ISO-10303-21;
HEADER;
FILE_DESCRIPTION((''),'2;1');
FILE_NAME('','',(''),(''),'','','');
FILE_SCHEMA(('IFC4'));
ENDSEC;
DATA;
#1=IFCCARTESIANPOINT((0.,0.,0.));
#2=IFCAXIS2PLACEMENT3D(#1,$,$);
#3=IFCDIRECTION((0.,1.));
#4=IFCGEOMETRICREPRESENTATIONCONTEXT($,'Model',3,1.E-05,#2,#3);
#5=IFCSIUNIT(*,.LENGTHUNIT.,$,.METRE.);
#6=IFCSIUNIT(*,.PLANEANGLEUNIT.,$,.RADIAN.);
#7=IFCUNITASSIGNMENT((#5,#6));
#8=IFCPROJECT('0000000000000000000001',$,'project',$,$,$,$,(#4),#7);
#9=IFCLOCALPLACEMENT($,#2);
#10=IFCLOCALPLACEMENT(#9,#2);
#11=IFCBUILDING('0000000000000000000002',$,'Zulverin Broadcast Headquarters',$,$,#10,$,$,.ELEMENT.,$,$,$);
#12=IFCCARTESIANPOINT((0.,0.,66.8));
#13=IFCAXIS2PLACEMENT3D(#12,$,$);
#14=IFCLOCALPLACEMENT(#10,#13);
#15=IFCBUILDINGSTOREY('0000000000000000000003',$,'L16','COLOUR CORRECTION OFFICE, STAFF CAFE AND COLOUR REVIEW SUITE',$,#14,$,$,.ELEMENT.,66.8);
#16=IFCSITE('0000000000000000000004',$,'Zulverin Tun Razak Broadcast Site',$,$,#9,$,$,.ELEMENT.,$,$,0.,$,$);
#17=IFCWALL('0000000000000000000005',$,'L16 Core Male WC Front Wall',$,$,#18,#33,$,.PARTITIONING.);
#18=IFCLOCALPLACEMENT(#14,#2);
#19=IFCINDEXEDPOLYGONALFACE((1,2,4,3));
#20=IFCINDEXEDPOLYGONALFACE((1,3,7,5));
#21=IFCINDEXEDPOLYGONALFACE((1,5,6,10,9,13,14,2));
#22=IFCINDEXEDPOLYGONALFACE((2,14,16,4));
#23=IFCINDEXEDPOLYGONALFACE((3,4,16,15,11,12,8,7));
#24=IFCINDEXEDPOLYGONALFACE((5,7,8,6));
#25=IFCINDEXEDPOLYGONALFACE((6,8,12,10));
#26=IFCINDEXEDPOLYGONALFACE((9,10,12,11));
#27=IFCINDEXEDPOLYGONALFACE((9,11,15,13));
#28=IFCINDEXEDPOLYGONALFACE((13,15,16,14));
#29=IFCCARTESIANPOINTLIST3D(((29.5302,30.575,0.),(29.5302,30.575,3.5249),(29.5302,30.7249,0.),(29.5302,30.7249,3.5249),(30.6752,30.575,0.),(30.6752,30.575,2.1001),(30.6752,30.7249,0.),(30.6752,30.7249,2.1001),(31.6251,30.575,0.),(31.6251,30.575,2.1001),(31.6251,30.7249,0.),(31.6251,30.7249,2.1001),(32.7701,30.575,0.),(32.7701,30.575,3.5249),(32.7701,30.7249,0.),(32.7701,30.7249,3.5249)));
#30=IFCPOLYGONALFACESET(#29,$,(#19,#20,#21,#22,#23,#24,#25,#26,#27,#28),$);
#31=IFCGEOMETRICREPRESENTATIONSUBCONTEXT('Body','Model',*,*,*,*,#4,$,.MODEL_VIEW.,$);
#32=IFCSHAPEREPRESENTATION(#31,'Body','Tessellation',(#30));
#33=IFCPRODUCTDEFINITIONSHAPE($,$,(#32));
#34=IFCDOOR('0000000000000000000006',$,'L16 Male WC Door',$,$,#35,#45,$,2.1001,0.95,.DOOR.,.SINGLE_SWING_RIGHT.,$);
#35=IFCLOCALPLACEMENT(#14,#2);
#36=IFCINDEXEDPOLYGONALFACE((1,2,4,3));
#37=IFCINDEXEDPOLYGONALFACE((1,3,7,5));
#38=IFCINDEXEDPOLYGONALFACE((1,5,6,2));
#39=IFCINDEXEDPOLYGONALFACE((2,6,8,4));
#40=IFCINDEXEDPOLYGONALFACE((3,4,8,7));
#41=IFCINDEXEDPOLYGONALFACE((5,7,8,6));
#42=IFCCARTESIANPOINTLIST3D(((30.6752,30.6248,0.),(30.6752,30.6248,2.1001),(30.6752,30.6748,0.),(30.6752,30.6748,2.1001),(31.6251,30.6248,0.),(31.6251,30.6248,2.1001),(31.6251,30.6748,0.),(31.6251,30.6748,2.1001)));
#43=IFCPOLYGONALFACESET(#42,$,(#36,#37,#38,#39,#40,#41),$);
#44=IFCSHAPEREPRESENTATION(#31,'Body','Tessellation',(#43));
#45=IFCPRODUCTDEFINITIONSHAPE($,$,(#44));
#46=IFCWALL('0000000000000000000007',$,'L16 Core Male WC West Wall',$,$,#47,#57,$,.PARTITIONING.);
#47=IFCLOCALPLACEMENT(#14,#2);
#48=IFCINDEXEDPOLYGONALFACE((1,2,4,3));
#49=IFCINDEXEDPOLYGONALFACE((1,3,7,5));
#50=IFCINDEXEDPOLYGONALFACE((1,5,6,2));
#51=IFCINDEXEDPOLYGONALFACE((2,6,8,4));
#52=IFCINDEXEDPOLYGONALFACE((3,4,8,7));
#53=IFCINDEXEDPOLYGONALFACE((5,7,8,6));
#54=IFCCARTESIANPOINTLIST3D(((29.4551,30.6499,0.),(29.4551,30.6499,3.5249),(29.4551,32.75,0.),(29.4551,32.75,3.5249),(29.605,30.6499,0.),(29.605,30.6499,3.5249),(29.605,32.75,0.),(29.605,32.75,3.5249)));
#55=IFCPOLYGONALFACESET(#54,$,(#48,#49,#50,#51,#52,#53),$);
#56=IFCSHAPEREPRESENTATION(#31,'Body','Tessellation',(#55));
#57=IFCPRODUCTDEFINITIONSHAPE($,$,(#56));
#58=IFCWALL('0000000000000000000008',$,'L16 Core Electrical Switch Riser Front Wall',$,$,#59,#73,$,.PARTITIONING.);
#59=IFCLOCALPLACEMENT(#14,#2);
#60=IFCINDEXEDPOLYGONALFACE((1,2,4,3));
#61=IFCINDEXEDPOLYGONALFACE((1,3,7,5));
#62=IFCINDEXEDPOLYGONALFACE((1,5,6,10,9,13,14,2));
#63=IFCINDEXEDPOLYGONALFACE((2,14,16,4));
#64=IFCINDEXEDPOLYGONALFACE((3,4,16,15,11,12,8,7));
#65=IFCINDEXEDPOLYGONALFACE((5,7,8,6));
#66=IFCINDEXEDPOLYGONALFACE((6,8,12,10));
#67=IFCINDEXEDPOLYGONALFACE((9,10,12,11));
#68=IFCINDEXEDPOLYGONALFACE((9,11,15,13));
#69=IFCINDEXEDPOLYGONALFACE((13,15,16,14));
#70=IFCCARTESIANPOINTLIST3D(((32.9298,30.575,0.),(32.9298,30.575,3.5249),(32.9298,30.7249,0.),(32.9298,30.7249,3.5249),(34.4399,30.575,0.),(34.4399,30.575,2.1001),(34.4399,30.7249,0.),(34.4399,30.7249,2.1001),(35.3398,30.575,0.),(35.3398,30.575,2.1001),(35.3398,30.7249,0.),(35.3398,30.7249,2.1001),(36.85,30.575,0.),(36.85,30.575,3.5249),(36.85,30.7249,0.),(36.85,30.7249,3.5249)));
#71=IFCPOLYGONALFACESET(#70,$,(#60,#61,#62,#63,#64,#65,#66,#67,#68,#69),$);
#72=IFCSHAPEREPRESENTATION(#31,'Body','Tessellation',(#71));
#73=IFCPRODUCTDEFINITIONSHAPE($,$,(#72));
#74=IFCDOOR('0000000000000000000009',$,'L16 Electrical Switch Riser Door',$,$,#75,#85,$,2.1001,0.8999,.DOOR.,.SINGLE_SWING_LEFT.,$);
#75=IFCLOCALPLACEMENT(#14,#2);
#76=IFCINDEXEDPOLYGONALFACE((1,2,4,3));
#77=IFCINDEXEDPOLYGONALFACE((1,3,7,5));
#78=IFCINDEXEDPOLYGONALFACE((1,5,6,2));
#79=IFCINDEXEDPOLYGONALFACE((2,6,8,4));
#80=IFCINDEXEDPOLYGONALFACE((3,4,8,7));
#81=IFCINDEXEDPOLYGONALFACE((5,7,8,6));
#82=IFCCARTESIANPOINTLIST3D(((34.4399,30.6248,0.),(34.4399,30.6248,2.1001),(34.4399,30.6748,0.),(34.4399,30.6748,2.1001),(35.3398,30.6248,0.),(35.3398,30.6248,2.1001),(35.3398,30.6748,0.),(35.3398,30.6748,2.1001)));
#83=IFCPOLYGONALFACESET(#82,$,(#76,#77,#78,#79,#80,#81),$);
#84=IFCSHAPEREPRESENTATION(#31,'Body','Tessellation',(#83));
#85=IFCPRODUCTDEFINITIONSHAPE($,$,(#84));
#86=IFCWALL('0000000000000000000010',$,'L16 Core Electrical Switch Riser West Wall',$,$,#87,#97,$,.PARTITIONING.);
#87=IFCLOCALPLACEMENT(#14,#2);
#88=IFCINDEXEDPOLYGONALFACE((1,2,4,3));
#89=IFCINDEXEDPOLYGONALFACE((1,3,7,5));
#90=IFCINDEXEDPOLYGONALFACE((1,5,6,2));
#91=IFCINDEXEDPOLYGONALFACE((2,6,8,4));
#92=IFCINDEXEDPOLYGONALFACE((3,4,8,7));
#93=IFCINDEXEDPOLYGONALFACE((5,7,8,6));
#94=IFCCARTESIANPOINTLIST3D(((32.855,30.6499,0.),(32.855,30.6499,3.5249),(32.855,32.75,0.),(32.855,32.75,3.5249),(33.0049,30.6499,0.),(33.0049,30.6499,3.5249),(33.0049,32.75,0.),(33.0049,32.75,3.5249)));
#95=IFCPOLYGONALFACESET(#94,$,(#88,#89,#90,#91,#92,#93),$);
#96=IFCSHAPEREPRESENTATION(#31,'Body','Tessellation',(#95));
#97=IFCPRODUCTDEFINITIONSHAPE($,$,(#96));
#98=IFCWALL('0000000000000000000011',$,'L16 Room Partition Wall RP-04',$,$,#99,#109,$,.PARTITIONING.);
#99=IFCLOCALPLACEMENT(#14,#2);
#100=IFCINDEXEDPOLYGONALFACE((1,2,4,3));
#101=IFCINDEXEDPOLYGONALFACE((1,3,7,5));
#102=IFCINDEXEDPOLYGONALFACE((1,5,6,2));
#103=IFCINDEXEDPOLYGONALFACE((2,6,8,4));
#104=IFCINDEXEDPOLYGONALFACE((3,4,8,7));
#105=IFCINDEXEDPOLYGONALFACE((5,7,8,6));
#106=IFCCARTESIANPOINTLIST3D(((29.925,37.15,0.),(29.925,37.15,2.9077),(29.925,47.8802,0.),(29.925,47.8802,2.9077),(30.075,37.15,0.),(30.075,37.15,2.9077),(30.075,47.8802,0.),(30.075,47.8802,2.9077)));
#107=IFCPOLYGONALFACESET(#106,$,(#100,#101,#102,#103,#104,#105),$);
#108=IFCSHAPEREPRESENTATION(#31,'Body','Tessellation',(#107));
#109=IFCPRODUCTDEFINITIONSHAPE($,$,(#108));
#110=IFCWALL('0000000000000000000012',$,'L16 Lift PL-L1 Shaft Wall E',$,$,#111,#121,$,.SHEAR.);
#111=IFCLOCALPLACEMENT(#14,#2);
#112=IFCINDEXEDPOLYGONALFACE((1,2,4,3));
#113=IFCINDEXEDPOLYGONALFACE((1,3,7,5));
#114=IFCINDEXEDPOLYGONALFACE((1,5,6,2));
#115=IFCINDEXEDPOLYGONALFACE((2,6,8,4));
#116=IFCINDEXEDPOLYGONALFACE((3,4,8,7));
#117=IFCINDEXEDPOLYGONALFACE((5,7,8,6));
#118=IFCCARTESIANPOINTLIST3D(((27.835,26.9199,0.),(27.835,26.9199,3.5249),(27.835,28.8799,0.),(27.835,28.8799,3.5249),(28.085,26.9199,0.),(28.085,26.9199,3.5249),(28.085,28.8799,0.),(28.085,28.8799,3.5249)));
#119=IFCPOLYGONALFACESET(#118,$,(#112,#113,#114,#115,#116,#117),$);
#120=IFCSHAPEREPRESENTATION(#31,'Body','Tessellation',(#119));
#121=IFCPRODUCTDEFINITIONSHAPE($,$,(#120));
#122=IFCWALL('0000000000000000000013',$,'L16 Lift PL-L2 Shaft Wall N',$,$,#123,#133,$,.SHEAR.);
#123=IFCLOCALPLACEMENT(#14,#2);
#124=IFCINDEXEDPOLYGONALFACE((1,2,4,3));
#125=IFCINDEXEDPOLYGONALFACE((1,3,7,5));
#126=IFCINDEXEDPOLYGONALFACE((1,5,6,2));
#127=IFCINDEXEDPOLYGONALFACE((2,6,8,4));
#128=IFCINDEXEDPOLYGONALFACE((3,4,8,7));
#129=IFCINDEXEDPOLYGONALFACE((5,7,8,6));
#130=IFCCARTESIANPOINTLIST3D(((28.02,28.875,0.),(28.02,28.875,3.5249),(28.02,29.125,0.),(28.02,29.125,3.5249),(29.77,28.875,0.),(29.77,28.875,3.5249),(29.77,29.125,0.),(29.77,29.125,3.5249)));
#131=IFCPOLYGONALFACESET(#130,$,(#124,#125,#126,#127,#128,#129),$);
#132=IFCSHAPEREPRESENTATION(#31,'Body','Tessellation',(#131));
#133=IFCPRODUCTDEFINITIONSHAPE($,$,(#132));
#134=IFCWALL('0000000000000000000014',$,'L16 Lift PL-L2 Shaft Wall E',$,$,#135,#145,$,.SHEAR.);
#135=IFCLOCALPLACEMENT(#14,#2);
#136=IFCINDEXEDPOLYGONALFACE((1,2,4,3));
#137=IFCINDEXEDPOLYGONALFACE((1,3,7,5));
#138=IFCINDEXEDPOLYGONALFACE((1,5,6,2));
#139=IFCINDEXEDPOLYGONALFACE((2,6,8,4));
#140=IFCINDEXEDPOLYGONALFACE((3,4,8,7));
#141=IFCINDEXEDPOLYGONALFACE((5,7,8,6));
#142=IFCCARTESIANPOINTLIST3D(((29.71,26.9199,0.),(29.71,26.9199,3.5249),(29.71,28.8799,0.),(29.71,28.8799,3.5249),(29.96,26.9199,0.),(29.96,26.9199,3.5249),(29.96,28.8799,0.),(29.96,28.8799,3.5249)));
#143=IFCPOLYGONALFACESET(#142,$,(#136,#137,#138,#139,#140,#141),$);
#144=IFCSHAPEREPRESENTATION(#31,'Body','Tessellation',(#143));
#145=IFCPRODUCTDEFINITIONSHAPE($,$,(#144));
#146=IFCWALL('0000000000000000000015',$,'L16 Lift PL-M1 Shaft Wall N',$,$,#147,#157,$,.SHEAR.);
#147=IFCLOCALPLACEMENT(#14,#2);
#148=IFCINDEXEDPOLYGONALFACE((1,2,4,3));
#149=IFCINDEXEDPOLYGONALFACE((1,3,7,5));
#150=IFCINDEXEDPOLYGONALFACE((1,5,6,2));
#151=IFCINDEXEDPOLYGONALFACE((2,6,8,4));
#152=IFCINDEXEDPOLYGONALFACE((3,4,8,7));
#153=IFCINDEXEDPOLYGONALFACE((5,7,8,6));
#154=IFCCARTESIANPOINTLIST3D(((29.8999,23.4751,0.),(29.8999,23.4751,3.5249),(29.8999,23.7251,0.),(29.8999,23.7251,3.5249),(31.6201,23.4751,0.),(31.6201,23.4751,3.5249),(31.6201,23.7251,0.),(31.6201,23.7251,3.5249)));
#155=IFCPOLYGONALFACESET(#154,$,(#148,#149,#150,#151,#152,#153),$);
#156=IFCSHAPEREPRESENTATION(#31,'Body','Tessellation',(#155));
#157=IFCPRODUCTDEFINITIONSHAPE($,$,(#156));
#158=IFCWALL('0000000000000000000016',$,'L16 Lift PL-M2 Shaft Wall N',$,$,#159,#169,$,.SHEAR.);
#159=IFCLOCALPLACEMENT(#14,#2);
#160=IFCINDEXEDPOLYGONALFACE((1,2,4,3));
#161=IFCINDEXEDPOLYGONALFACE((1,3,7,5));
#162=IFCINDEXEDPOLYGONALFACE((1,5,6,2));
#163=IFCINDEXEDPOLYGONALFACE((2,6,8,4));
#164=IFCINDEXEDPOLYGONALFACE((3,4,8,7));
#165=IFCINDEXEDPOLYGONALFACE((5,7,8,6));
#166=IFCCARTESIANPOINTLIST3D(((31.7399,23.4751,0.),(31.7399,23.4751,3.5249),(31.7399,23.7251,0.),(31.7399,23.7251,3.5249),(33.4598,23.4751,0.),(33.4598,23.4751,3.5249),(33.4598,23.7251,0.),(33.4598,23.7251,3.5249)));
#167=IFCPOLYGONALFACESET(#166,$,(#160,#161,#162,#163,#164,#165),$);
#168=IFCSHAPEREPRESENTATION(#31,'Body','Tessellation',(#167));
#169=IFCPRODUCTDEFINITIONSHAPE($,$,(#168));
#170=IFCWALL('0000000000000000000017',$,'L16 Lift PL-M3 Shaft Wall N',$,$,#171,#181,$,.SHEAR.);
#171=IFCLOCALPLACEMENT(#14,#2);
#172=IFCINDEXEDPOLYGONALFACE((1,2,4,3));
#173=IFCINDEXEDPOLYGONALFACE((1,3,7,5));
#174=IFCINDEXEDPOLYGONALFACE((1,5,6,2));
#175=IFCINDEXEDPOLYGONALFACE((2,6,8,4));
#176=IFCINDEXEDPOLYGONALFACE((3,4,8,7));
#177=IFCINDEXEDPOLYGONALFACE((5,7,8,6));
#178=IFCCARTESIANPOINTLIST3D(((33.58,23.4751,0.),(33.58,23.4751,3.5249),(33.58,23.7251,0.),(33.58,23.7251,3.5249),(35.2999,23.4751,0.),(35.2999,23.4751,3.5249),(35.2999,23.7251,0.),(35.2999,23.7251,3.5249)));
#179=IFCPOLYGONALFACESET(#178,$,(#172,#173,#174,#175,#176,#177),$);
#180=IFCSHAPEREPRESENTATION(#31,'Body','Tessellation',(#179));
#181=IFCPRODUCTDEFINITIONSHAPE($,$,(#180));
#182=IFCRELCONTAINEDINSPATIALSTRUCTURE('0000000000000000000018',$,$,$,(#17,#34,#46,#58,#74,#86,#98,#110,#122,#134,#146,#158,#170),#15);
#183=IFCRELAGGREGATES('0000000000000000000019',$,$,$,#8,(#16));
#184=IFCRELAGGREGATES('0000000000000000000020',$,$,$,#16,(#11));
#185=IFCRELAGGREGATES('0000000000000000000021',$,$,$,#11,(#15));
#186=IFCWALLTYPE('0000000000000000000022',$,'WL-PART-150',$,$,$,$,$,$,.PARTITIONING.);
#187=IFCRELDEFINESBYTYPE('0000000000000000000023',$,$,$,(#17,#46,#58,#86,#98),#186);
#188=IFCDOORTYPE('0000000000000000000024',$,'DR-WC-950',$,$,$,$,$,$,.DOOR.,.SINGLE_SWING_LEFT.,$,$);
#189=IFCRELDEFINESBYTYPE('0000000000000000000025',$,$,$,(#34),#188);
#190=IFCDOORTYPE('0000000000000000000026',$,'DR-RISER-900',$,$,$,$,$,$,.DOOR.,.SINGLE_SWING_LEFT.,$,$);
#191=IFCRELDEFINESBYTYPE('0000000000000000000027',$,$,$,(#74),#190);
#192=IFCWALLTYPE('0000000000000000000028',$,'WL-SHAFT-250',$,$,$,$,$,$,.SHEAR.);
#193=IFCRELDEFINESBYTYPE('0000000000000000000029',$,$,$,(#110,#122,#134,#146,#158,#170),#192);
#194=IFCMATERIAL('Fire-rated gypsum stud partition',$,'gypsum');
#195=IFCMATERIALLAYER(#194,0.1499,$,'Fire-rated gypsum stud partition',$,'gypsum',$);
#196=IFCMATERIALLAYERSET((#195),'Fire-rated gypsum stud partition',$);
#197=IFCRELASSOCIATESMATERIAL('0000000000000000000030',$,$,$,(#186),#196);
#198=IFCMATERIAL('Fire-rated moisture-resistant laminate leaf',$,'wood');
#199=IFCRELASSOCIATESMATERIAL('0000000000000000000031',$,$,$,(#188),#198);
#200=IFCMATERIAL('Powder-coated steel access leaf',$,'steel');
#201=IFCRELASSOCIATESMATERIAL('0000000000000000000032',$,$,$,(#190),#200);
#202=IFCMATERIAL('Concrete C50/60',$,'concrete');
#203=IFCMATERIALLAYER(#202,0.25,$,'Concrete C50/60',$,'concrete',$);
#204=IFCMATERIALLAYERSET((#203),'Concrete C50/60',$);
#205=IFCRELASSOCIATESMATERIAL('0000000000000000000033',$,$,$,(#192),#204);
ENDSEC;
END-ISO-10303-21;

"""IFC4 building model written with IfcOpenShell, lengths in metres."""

from ifc_helpers import new_model, si_unit, direction, frame, frame_2d, origin, place, context, subcontext, project, spatial, rectangle, extrude, material, layer, layer_set, type_object, element, fill, save


model = new_model("IFC4")

# Units and contexts
model_context = context("Model", 3, precision=1e-05, world=origin(), true_north=direction((0.0, 1.0)))
body_context = subcontext(model_context, "Body", "Model", "MODEL_VIEW")
ifc_project = project(units=[si_unit("LENGTHUNIT", "METRE"), si_unit("PLANEANGLEUNIT", "RADIAN")], contexts=[model_context])

# Site, building, storey
site_placement = place(None, origin())
site = spatial("IfcSite", under=ifc_project, at=site_placement, Name="Zulverin Tun Razak Broadcast Site", CompositionType="ELEMENT", RefElevation=0.0)
building_placement = place(site_placement, origin())
building = spatial("IfcBuilding", under=site, at=building_placement, Name="Zulverin Broadcast Headquarters", CompositionType="ELEMENT")
storey_placement = place(building_placement, frame((0.0, 0.0, 66.8)))
storey = spatial("IfcBuildingStorey", under=building, at=storey_placement, Name="L16", Description="COLOUR CORRECTION OFFICE, STAFF CAFE AND COLOUR REVIEW SUITE", CompositionType="ELEMENT", Elevation=66.8)

# Wall, opening, door
ifc_material_1 = material(Name="Fire-rated gypsum stud partition", Category="gypsum")
ifc_layer_1 = layer(ifc_material_1, 0.1499, Name="Fire-rated gypsum stud partition", Category="gypsum")
ifc_layer_set_1 = layer_set([ifc_layer_1], Name="Fire-rated gypsum stud partition")
wall_type_1 = type_object("IfcWallType", Name="WL-PART-150", PredefinedType="PARTITIONING", material=ifc_layer_set_1)
wall_1_placement = place(storey_placement, frame((29.53, 30.6499, 0.0), z_axis=(0.0, 0.0, 1.0), x_axis=(1.0, 0.0, 0.0)))
wall_1 = element("IfcWall", 1, at=wall_1_placement, inside=storey, type_object=wall_type_1, Name="L16 Core Male WC Front Wall", PredefinedType="PARTITIONING", context=body_context, shape_type="SweptSolid", body=[
    extrude(rectangle(XDim=3.24, YDim=0.1499, at=frame_2d((1.6201, 0.0))), origin(), (0.0, 0.0, 1.0), 3.5249),
])
opening_1_placement = place(wall_1_placement, frame((1.145, 0.0, 0.0)))
opening_1 = element("IfcOpeningElement", 2, at=opening_1_placement, cuts=wall_1, PredefinedType="OPENING", context=body_context, shape_type="SweptSolid", body=[
    extrude(rectangle(XDim=0.95, YDim=2.1001, at=frame_2d((0.4751, 1.05))), frame((0.0, 0.085, 0.0), z_axis=(0.0, -1.0, 0.0), x_axis=(1.0, 0.0, 0.0)), (0.0, 0.0, 1.0), 0.1699),
])
ifc_material_2 = material(Name="Fire-rated moisture-resistant laminate leaf", Category="wood")
door_type_1 = type_object("IfcDoorType", Name="DR-WC-950", OperationType="SINGLE_SWING_LEFT", PredefinedType="DOOR", material=ifc_material_2)
door_1_placement = place(opening_1_placement, origin())
door_1 = element("IfcDoor", 3, at=door_1_placement, inside=storey, type_object=door_type_1, Name="L16 Male WC Door", OperationType="SINGLE_SWING_RIGHT", OverallHeight=2.1001, OverallWidth=0.95, PredefinedType="DOOR", context=body_context, shape_type="SweptSolid", body=[
    extrude(rectangle(XDim=0.95, YDim=2.1001, at=frame_2d((0.4751, 1.05))), frame((0.0, 0.0249, 0.0), z_axis=(0.0, -1.0, 0.0), x_axis=(1.0, 0.0, 0.0)), (0.0, 0.0, 1.0), 0.05),
])
fill(opening_1, door_1)

# Wall
wall_2_placement = place(storey_placement, frame((29.53, 30.6499, 0.0), z_axis=(0.0, 0.0, 1.0), x_axis=(0.0, 1.0, 0.0)))
element("IfcWall", 4, at=wall_2_placement, inside=storey, type_object=wall_type_1, Name="L16 Core Male WC West Wall", PredefinedType="PARTITIONING", context=body_context, shape_type="SweptSolid", body=[
    extrude(rectangle(XDim=2.1001, YDim=0.1499, at=frame_2d((1.05, 0.0))), origin(), (0.0, 0.0, 1.0), 3.5249),
])

# Wall, opening, door
wall_3_placement = place(storey_placement, frame((32.9299, 30.6499, 0.0), z_axis=(0.0, 0.0, 1.0), x_axis=(1.0, 0.0, 0.0)))
wall_3 = element("IfcWall", 5, at=wall_3_placement, inside=storey, type_object=wall_type_1, Name="L16 Core Electrical Switch Riser Front Wall", PredefinedType="PARTITIONING", context=body_context, shape_type="SweptSolid", body=[
    extrude(rectangle(XDim=3.9202, YDim=0.1499, at=frame_2d((1.96, 0.0))), origin(), (0.0, 0.0, 1.0), 3.5249),
])
opening_2_placement = place(wall_3_placement, frame((1.51, 0.0, 0.0)))
opening_2 = element("IfcOpeningElement", 6, at=opening_2_placement, cuts=wall_3, PredefinedType="OPENING", context=body_context, shape_type="SweptSolid", body=[
    extrude(rectangle(XDim=0.8999, YDim=2.1001, at=frame_2d((0.45, 1.05))), frame((0.0, 0.085, 0.0), z_axis=(0.0, -1.0, 0.0), x_axis=(1.0, 0.0, 0.0)), (0.0, 0.0, 1.0), 0.1699),
])
ifc_material_3 = material(Name="Powder-coated steel access leaf", Category="steel")
door_type_2 = type_object("IfcDoorType", Name="DR-RISER-900", OperationType="SINGLE_SWING_LEFT", PredefinedType="DOOR", material=ifc_material_3)
door_2_placement = place(opening_2_placement, origin())
door_2 = element("IfcDoor", 7, at=door_2_placement, inside=storey, type_object=door_type_2, Name="L16 Electrical Switch Riser Door", OperationType="SINGLE_SWING_LEFT", OverallHeight=2.1001, OverallWidth=0.8999, PredefinedType="DOOR", context=body_context, shape_type="SweptSolid", body=[
    extrude(rectangle(XDim=0.8999, YDim=2.1001, at=frame_2d((0.45, 1.05))), frame((0.0, 0.0249, 0.0), z_axis=(0.0, -1.0, 0.0), x_axis=(1.0, 0.0, 0.0)), (0.0, 0.0, 1.0), 0.05),
])
fill(opening_2, door_2)

# Walls
wall_4_placement = place(storey_placement, frame((32.9299, 30.6499, 0.0), z_axis=(0.0, 0.0, 1.0), x_axis=(0.0, 1.0, 0.0)))
element("IfcWall", 8, at=wall_4_placement, inside=storey, type_object=wall_type_1, Name="L16 Core Electrical Switch Riser West Wall", PredefinedType="PARTITIONING", context=body_context, shape_type="SweptSolid", body=[
    extrude(rectangle(XDim=2.1001, YDim=0.1499, at=frame_2d((1.05, 0.0))), origin(), (0.0, 0.0, 1.0), 3.5249),
])
wall_5_placement = place(storey_placement, frame((30.0, 37.1499, 0.0), z_axis=(0.0, 0.0, 1.0), x_axis=(0.0, 1.0, 0.0)))
element("IfcWall", 9, at=wall_5_placement, inside=storey, type_object=wall_type_1, Name="L16 Room Partition Wall RP-04", PredefinedType="PARTITIONING", context=body_context, shape_type="SweptSolid", body=[
    extrude(rectangle(XDim=10.7302, YDim=0.1499, at=frame_2d((5.3652, 0.0))), origin(), (0.0, 0.0, 1.0), 2.9077),
])
ifc_material_4 = material(Name="Concrete C50/60", Category="concrete")
ifc_layer_2 = layer(ifc_material_4, 0.25, Name="Concrete C50/60", Category="concrete")
ifc_layer_set_2 = layer_set([ifc_layer_2], Name="Concrete C50/60")
wall_type_2 = type_object("IfcWallType", Name="WL-SHAFT-250", PredefinedType="SHEAR", material=ifc_layer_set_2)
wall_6_placement = place(storey_placement, frame((27.96, 26.9199, 0.0), z_axis=(0.0, 0.0, 1.0), x_axis=(0.0, 1.0, 0.0)))
element("IfcWall", 10, at=wall_6_placement, inside=storey, type_object=wall_type_2, Name="L16 Lift PL-L1 Shaft Wall E", PredefinedType="SHEAR", context=body_context, shape_type="SweptSolid", body=[
    extrude(rectangle(XDim=1.96, YDim=0.25, at=frame_2d((0.98, 0.0))), origin(), (0.0, 0.0, 1.0), 3.5249),
])

# Walls
wall_7_placement = place(storey_placement, frame((28.02, 29.0, 0.0), z_axis=(0.0, 0.0, 1.0), x_axis=(1.0, 0.0, 0.0)))
element("IfcWall", 11, at=wall_7_placement, inside=storey, type_object=wall_type_2, Name="L16 Lift PL-L2 Shaft Wall N", PredefinedType="SHEAR", context=body_context, shape_type="SweptSolid", body=[
    extrude(rectangle(XDim=1.75, YDim=0.25, at=frame_2d((0.875, 0.0))), origin(), (0.0, 0.0, 1.0), 3.5249),
])
wall_8_placement = place(storey_placement, frame((29.835, 26.9199, 0.0), z_axis=(0.0, 0.0, 1.0), x_axis=(0.0, 1.0, 0.0)))
element("IfcWall", 12, at=wall_8_placement, inside=storey, type_object=wall_type_2, Name="L16 Lift PL-L2 Shaft Wall E", PredefinedType="SHEAR", context=body_context, shape_type="SweptSolid", body=[
    extrude(rectangle(XDim=1.96, YDim=0.25, at=frame_2d((0.98, 0.0))), origin(), (0.0, 0.0, 1.0), 3.5249),
])
wall_9_placement = place(storey_placement, frame((29.8999, 23.6001, 0.0), z_axis=(0.0, 0.0, 1.0), x_axis=(1.0, 0.0, 0.0)))
element("IfcWall", 13, at=wall_9_placement, inside=storey, type_object=wall_type_2, Name="L16 Lift PL-M1 Shaft Wall N", PredefinedType="SHEAR", context=body_context, shape_type="SweptSolid", body=[
    extrude(rectangle(XDim=1.7202, YDim=0.25, at=frame_2d((0.8601, 0.0))), origin(), (0.0, 0.0, 1.0), 3.5249),
])
for number, where, z_axis, x_axis, name in (
    (14, (31.74, 23.6001, 0.0), (0.0, 0.0, 1.0), (1.0, 0.0, 0.0), "L16 Lift PL-M2 Shaft Wall N"),
    (15, (33.5801, 23.6001, 0.0), (0.0, 0.0, 1.0), (1.0, 0.0, 0.0), "L16 Lift PL-M3 Shaft Wall N"),
):
    element("IfcWall", number, at=place(storey_placement, frame(where, z_axis=z_axis, x_axis=x_axis)), inside=storey, type_object=wall_type_2, Name=name, PredefinedType="SHEAR", context=body_context, shape_type="SweptSolid", body=[
        extrude(rectangle(XDim=1.72, YDim=0.25, at=frame_2d((0.8599, 0.0))), origin(), (0.0, 0.0, 1.0), 3.5249),
    ])

save(model, "model.ifc")
